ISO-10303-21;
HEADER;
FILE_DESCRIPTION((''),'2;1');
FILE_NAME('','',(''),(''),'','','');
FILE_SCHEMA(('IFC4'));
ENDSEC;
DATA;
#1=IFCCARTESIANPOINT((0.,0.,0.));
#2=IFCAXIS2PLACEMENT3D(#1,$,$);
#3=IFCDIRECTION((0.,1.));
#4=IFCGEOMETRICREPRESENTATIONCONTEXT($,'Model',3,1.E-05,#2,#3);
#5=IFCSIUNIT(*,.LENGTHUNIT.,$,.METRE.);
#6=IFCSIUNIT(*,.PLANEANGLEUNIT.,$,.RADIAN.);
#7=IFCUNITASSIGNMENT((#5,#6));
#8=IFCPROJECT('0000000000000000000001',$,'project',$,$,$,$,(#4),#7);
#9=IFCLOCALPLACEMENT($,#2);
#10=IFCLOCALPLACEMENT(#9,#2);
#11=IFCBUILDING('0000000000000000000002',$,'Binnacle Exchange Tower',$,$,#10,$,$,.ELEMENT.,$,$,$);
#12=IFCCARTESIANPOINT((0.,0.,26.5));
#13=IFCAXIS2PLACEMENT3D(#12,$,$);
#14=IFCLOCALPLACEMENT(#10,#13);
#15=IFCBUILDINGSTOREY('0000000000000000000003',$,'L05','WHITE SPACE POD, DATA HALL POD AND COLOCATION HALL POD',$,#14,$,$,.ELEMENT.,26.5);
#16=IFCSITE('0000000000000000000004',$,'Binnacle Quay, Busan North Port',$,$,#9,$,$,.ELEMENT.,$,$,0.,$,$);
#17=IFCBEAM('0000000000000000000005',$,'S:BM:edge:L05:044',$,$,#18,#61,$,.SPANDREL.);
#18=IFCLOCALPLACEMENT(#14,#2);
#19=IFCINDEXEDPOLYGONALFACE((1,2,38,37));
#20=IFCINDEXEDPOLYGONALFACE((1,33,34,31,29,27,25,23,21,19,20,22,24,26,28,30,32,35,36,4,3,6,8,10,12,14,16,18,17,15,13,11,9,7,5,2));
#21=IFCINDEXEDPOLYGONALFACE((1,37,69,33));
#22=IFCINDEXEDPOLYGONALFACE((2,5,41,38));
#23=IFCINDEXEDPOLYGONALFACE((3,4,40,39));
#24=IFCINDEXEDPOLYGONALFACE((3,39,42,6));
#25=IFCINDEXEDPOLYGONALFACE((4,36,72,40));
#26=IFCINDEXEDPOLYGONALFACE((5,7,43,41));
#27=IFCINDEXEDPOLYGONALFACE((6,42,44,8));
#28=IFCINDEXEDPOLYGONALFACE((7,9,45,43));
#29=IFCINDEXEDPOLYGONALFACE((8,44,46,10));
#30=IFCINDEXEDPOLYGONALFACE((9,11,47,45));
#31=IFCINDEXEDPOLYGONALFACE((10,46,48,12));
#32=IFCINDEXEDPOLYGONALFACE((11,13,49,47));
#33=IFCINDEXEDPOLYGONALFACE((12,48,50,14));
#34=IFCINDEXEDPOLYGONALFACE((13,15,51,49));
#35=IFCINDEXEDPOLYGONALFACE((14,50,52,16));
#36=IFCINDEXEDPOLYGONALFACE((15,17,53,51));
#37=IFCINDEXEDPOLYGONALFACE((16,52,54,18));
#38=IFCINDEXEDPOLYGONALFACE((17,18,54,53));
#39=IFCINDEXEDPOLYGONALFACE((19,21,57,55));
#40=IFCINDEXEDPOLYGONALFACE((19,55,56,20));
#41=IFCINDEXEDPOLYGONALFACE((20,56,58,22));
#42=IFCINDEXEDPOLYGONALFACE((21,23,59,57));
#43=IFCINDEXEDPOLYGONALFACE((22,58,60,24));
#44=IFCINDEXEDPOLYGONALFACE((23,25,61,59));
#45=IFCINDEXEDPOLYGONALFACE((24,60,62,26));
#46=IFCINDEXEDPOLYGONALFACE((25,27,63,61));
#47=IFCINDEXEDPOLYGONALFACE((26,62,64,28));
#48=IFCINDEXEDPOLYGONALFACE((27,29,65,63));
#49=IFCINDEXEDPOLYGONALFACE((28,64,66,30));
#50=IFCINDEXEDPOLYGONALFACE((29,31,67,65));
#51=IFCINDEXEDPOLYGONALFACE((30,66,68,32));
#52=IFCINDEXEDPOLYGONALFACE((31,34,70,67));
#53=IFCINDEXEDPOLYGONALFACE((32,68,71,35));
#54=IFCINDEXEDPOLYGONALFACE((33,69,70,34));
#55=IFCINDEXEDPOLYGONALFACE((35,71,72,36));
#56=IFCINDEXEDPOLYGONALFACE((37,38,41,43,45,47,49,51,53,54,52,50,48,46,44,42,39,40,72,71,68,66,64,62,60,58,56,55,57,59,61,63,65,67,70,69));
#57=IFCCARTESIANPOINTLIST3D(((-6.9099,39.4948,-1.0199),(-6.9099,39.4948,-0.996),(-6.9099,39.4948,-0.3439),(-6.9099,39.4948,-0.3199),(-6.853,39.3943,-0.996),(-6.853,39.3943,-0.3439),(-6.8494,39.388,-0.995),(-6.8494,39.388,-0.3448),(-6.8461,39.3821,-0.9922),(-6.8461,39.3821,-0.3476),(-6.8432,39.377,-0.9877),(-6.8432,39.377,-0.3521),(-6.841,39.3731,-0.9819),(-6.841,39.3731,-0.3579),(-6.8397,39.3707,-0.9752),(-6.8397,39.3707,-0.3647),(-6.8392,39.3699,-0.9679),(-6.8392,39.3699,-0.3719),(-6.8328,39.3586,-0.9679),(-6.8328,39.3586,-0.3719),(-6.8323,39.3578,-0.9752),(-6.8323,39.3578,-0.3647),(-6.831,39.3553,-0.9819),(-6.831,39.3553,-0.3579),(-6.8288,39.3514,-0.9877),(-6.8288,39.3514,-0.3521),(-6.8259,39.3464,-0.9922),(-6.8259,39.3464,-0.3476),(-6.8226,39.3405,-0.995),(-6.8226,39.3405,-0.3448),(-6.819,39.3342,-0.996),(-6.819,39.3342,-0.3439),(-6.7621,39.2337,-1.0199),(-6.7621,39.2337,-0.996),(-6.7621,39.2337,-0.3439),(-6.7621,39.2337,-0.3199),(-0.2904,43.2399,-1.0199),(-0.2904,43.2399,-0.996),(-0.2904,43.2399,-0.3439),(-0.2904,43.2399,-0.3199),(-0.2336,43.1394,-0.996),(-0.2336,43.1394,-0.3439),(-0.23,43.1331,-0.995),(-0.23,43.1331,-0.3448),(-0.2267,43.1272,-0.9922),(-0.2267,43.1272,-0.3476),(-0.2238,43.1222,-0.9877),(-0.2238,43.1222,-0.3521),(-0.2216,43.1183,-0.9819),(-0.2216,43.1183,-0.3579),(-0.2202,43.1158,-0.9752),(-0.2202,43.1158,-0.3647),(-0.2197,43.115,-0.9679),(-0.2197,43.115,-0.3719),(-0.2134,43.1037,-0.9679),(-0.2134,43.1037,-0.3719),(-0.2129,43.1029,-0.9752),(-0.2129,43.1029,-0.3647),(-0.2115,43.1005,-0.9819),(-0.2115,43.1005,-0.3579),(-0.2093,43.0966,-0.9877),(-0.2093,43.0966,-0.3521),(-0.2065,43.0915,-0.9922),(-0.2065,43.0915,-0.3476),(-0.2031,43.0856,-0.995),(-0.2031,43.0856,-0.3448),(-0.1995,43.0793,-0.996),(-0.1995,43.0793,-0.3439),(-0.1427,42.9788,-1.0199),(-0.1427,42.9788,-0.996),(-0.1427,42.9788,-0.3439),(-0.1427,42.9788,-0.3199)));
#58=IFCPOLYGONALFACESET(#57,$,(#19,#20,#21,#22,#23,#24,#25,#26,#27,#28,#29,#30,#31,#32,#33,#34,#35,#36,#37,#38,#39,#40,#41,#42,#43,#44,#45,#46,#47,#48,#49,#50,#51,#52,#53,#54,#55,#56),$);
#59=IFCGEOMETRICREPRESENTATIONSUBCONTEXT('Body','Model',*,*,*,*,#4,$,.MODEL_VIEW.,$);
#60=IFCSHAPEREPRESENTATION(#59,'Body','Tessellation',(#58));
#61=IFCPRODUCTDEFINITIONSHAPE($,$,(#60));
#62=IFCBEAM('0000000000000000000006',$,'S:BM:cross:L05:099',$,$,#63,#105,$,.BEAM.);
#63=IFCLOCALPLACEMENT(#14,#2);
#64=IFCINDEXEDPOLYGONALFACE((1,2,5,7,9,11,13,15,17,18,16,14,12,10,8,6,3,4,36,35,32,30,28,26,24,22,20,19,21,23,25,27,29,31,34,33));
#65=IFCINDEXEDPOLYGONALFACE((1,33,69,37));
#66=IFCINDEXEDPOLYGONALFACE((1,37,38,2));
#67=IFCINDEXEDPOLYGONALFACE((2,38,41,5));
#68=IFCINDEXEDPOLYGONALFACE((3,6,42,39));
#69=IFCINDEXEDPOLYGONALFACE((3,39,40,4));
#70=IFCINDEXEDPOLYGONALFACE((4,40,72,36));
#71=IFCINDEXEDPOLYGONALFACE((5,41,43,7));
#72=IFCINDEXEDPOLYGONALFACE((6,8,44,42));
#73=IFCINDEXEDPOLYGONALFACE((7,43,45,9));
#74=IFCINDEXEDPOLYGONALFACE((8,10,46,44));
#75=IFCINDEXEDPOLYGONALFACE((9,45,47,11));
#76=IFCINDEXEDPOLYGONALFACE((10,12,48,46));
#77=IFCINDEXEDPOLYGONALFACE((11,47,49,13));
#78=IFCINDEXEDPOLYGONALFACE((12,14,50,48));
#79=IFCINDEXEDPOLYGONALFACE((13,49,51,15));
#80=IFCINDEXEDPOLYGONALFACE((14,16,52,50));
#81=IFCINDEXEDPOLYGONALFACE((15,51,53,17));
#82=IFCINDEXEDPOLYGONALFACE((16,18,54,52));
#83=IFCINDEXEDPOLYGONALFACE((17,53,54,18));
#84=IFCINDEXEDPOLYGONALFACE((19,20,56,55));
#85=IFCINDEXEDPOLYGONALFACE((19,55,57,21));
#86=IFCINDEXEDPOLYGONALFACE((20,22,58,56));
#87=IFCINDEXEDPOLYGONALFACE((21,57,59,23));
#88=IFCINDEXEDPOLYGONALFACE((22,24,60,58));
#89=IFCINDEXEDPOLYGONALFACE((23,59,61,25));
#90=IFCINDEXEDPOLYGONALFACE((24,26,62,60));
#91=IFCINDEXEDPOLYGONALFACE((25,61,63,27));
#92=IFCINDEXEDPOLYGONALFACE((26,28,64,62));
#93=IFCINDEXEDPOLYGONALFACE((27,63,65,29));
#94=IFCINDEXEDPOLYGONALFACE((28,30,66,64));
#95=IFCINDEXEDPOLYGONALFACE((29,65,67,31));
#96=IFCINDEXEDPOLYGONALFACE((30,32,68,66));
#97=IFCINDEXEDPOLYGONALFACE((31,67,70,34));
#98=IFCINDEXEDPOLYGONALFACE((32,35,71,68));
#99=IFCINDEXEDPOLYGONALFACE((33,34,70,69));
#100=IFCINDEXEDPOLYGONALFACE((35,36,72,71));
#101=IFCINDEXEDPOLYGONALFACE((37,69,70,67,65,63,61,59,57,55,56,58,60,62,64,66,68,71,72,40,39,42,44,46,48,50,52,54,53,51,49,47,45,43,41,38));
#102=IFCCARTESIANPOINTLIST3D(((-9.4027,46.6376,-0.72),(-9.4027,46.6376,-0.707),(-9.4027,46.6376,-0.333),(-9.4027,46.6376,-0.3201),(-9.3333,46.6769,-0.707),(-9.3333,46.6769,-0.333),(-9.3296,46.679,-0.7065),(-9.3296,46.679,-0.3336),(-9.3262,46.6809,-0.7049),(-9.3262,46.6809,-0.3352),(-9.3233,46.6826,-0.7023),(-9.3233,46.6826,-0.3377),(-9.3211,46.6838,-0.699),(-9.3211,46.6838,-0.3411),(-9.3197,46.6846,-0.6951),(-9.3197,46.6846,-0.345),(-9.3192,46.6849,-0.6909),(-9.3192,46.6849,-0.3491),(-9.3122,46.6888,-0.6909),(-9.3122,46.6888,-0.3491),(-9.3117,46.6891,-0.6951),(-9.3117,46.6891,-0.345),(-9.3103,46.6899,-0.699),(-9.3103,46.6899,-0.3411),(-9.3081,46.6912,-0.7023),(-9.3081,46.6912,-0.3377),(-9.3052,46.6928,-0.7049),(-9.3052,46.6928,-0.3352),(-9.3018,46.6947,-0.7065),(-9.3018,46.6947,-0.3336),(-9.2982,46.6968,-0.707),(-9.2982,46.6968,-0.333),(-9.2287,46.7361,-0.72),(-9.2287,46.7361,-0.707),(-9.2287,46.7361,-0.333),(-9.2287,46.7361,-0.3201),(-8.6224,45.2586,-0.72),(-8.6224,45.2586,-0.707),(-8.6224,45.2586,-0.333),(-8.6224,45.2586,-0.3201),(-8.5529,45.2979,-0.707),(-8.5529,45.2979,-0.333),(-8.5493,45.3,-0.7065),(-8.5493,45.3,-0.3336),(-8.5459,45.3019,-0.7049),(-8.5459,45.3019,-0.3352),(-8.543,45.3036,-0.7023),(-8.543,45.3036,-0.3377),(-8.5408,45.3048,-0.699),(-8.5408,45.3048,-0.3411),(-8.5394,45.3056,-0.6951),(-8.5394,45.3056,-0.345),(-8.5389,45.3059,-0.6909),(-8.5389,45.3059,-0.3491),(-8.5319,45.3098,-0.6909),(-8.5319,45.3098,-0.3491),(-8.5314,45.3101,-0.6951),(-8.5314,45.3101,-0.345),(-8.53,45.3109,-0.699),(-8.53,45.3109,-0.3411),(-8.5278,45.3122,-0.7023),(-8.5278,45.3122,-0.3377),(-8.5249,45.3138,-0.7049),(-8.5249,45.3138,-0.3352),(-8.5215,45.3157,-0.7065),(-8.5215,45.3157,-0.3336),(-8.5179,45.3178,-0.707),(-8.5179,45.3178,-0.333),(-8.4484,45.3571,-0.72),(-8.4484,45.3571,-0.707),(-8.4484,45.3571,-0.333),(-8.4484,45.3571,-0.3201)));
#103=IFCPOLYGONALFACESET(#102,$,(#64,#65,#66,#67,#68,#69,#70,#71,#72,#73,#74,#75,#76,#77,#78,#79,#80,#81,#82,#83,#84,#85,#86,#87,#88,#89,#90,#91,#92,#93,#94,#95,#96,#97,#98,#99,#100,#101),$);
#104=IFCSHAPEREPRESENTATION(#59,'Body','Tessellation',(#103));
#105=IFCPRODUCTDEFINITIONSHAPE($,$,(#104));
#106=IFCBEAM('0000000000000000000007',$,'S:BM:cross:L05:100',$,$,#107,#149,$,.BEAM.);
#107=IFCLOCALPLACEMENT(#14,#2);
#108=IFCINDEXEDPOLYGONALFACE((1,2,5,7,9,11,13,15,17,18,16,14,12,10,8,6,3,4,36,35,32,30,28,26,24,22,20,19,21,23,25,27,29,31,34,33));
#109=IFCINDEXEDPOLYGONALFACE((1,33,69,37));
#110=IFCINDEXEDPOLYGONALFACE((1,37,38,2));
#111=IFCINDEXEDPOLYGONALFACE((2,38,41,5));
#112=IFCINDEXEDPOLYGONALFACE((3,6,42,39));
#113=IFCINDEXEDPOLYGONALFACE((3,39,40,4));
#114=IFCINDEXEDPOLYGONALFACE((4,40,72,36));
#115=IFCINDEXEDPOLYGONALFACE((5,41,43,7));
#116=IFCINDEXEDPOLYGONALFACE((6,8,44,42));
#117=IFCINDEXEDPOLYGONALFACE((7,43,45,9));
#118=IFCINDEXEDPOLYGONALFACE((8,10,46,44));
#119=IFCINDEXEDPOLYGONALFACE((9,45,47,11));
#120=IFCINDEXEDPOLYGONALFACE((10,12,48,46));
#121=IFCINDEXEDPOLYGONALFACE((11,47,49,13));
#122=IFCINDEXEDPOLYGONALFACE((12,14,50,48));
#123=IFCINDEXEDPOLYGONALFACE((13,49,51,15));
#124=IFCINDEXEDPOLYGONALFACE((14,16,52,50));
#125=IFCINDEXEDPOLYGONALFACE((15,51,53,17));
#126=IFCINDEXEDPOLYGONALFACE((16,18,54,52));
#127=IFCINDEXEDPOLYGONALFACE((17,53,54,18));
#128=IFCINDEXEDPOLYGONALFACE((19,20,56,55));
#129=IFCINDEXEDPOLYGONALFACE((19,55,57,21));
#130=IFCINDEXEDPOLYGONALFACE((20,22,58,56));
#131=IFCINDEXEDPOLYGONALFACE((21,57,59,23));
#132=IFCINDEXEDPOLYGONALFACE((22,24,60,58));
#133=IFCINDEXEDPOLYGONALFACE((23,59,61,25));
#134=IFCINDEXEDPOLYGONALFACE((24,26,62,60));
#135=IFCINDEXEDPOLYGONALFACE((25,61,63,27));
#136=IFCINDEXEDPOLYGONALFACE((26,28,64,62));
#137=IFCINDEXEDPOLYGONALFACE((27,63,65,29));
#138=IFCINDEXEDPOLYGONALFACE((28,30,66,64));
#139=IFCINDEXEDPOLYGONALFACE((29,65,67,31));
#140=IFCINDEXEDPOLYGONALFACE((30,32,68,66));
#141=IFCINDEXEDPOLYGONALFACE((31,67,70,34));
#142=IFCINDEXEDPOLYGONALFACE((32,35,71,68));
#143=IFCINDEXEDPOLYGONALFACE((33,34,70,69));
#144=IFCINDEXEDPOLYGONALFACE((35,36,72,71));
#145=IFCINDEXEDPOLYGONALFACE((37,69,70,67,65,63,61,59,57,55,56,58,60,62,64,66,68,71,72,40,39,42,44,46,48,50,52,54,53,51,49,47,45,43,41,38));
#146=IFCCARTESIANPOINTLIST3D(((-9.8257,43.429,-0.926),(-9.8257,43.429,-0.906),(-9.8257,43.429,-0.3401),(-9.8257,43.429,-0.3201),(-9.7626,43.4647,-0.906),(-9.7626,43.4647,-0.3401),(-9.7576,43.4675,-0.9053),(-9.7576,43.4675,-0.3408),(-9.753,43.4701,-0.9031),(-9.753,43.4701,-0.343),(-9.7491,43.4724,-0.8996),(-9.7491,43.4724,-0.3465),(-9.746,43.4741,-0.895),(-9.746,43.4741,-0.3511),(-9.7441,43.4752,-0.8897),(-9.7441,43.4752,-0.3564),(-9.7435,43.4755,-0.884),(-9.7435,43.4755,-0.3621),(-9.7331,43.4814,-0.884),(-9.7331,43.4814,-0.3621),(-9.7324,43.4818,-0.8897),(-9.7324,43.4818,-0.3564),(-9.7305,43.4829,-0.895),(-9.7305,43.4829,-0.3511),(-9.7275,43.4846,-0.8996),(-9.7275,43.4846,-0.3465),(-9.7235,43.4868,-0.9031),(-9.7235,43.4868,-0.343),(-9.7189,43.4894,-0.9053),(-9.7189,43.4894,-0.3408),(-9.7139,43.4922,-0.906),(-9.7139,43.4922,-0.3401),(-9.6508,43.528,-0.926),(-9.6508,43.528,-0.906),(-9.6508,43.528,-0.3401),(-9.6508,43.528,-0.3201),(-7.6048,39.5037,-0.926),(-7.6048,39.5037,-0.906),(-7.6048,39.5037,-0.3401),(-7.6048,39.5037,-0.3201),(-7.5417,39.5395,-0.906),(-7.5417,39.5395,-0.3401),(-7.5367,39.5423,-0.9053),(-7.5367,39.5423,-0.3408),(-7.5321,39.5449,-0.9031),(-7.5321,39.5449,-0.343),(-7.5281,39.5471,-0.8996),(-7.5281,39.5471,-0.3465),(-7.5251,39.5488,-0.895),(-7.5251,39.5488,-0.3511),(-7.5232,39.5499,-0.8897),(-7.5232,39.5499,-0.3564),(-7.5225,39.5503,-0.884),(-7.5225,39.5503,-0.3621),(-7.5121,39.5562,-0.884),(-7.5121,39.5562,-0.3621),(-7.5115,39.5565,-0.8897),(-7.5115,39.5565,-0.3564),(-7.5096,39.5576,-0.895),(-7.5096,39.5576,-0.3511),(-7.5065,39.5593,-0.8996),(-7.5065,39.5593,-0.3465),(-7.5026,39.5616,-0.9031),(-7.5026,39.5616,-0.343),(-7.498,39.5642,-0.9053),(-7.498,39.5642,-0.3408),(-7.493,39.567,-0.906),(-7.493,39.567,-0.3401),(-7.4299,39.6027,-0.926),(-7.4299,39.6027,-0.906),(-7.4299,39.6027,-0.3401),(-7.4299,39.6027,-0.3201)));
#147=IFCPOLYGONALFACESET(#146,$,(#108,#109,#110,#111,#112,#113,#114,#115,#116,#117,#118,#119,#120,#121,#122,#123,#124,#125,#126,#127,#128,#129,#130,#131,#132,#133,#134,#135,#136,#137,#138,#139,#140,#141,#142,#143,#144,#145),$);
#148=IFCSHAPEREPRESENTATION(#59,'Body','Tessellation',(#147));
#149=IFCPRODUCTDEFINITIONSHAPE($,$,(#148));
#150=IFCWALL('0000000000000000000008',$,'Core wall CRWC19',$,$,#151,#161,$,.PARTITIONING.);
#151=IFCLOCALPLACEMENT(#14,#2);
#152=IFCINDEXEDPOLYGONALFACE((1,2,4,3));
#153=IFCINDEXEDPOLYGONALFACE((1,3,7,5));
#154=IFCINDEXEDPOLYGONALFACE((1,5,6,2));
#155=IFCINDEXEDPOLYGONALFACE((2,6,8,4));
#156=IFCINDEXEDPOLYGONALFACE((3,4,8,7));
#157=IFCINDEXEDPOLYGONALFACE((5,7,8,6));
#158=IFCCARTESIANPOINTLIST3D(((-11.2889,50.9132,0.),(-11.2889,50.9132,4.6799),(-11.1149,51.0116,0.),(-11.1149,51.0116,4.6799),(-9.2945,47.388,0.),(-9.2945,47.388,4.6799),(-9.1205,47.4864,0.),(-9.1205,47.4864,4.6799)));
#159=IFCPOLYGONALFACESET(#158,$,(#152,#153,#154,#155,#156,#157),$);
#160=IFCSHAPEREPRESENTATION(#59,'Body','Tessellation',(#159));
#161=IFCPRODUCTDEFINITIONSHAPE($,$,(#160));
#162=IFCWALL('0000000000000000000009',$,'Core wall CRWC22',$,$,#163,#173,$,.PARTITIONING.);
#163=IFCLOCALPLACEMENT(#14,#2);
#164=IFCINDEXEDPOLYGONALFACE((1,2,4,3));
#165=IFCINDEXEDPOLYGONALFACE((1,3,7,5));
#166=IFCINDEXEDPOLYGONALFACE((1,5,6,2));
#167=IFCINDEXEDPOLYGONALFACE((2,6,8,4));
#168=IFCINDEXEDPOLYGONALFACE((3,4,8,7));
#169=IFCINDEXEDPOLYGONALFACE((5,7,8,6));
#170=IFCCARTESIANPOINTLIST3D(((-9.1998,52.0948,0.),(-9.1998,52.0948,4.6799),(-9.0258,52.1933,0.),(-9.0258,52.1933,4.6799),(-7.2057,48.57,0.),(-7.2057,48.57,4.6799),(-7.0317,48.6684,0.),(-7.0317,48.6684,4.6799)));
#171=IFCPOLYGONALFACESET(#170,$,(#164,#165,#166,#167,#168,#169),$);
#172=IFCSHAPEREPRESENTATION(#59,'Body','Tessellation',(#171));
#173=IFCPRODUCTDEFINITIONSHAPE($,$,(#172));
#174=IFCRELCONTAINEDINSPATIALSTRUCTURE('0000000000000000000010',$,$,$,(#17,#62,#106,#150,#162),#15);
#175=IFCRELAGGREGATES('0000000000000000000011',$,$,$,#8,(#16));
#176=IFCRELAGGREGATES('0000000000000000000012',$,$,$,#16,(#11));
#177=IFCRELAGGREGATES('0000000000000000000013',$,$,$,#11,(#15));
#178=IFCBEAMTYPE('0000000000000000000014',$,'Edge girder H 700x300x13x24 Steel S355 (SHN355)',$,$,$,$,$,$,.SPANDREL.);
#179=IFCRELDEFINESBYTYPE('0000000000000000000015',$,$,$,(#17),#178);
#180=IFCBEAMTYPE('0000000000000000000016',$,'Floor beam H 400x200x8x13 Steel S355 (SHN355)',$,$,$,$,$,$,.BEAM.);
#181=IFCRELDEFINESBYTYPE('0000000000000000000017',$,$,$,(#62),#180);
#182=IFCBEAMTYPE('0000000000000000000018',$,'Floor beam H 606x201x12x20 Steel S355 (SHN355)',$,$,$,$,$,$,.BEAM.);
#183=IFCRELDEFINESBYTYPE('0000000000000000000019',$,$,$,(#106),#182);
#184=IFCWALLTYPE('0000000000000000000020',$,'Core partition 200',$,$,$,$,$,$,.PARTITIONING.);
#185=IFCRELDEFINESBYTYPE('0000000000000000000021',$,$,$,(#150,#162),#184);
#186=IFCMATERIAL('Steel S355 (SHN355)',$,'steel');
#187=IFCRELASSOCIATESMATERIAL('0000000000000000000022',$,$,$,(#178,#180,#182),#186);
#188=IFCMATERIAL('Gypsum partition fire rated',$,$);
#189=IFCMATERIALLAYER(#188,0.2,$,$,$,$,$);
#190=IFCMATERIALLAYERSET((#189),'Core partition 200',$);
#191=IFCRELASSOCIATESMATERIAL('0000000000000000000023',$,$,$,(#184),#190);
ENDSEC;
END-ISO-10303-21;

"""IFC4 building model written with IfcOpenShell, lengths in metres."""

from ifc_helpers import new_model, si_unit, direction, frame, frame_2d, origin, origin_2d, place, context, subcontext, project, spatial, rectangle, i_section, extrude, material, layer, layer_set, material_profile, profile_set, type_object, element, save


model = new_model("IFC4")

# Units and contexts
model_context = context("Model", 3, precision=1e-05, world=origin(), true_north=direction((0.0, 1.0)))
body_context = subcontext(model_context, "Body", "Model", "MODEL_VIEW")
ifc_project = project(units=[si_unit("LENGTHUNIT", "METRE"), si_unit("PLANEANGLEUNIT", "RADIAN")], contexts=[model_context])

# Site, building, storey
site_placement = place(None, origin())
site = spatial("IfcSite", under=ifc_project, at=site_placement, Name="Binnacle Quay, Busan North Port", CompositionType="ELEMENT", RefElevation=0.0)
building_placement = place(site_placement, origin())
building = spatial("IfcBuilding", under=site, at=building_placement, Name="Binnacle Exchange Tower", CompositionType="ELEMENT")
storey_placement = place(building_placement, frame((0.0, 0.0, 26.5)))
storey = spatial("IfcBuildingStorey", under=building, at=storey_placement, Name="L05", Description="WHITE SPACE POD, DATA HALL POD AND COLOCATION HALL POD", CompositionType="ELEMENT", Elevation=26.5)

# Beams
ifc_material_1 = material(Name="Steel S355 (SHN355)", Category="steel")
ifc_material_profile_1 = material_profile(ifc_material_1, i_section(OverallWidth=0.3, OverallDepth=0.7, WebThickness=0.0129, FlangeThickness=0.0239, FilletRadius=0.0281, at=origin_2d()), Name="H 700x300x13x24")
ifc_profile_set_1 = profile_set([ifc_material_profile_1], Name="Steel S355 (SHN355)")
beam_type_1 = type_object("IfcBeamType", Name="Edge girder H 700x300x13x24 Steel S355 (SHN355)", PredefinedType="SPANDREL", material=ifc_profile_set_1)
beam_1_placement = place(storey_placement, frame((-0.2166, 43.1094, -0.6699), z_axis=(-0.870353, -0.492428, 0.0), x_axis=(0.492428, -0.870353, 0.0)))
element("IfcBeam", 1, at=beam_1_placement, inside=storey, type_object=beam_type_1, Name="S:BM:edge:L05:044", PredefinedType="SPANDREL", context=body_context, shape_type="SweptSolid", body=[
    extrude(i_section(OverallWidth=0.3, OverallDepth=0.7, WebThickness=0.0129, FlangeThickness=0.0239, FilletRadius=0.0281, at=origin_2d()), origin(), (0.0, 0.0, 1.0), 7.6055),
])
ifc_material_profile_2 = material_profile(ifc_material_1, i_section(OverallWidth=0.2, OverallDepth=0.3999, WebThickness=0.0081, FlangeThickness=0.0129, FilletRadius=0.0161, at=origin_2d()), Name="H 400x200x8x13")
ifc_profile_set_2 = profile_set([ifc_material_profile_2], Name="Steel S355 (SHN355)")
beam_type_2 = type_object("IfcBeamType", Name="Floor beam H 400x200x8x13 Steel S355 (SHN355)", PredefinedType="BEAM", material=ifc_profile_set_2)
beam_2_placement = place(storey_placement, frame((-8.5354, 45.3079, -0.52), z_axis=(-0.492484, 0.870322, 0.0), x_axis=(-0.870322, -0.492484, 0.0)))
element("IfcBeam", 2, at=beam_2_placement, inside=storey, type_object=beam_type_2, Name="S:BM:cross:L05:099", PredefinedType="BEAM", context=body_context, shape_type="SweptSolid", body=[
    extrude(i_section(OverallWidth=0.2, OverallDepth=0.3999, WebThickness=0.0081, FlangeThickness=0.0129, FilletRadius=0.0161, at=origin_2d()), origin(), (0.0, 0.0, 1.0), 1.5845),
])
ifc_material_profile_3 = material_profile(ifc_material_1, i_section(OverallWidth=0.2009, OverallDepth=0.606, WebThickness=0.012, FlangeThickness=0.02, FilletRadius=0.022, at=origin_2d()), Name="H 606x201x12x20")
ifc_profile_set_3 = profile_set([ifc_material_profile_3], Name="Steel S355 (SHN355)")
beam_type_3 = type_object("IfcBeamType", Name="Floor beam H 606x201x12x20 Steel S355 (SHN355)", PredefinedType="BEAM", material=ifc_profile_set_3)
beam_3_placement = place(storey_placement, frame((-7.5173, 39.5532, -0.623), z_axis=(-0.492444, 0.870344, 0.0), x_axis=(-0.870344, -0.492444, 0.0)))
element("IfcBeam", 3, at=beam_3_placement, inside=storey, type_object=beam_type_3, Name="S:BM:cross:L05:100", PredefinedType="BEAM", context=body_context, shape_type="SweptSolid", body=[
    extrude(i_section(OverallWidth=0.2009, OverallDepth=0.606, WebThickness=0.012, FlangeThickness=0.02, FilletRadius=0.022, at=origin_2d()), origin(), (0.0, 0.0, 1.0), 4.51),
])

# Walls
ifc_material_2 = material(Name="Gypsum partition fire rated")
ifc_layer_1 = layer(ifc_material_2, 0.2)
ifc_layer_set_1 = layer_set([ifc_layer_1], Name="Core partition 200")
wall_type_1 = type_object("IfcWallType", Name="Core partition 200", PredefinedType="PARTITIONING", material=ifc_layer_set_1)
wall_1_placement = place(storey_placement, frame((-11.2019, 50.9624, 0.0), z_axis=(0.0, 0.0, 1.0), x_axis=(0.492415, -0.870361, 0.0)))
element("IfcWall", 4, at=wall_1_placement, inside=storey, type_object=wall_type_1, Name="Core wall CRWC19", PredefinedType="PARTITIONING", context=body_context, shape_type="SweptSolid", body=[
    extrude(rectangle(XDim=4.0503, YDim=0.2, at=frame_2d((2.0251, 0.0))), origin(), (0.0, 0.0, 1.0), 4.6799),
])
wall_2_placement = place(storey_placement, frame((-9.1128, 52.144, 0.0), z_axis=(0.0, 0.0, 1.0), x_axis=(0.492395, -0.870372, 0.0)))
element("IfcWall", 5, at=wall_2_placement, inside=storey, type_object=wall_type_1, Name="Core wall CRWC22", PredefinedType="PARTITIONING", context=body_context, shape_type="SweptSolid", body=[
    extrude(rectangle(XDim=4.0498, YDim=0.2, at=frame_2d((2.0249, 0.0))), origin(), (0.0, 0.0, 1.0), 4.6799),
])

save(model, "model.ifc")
